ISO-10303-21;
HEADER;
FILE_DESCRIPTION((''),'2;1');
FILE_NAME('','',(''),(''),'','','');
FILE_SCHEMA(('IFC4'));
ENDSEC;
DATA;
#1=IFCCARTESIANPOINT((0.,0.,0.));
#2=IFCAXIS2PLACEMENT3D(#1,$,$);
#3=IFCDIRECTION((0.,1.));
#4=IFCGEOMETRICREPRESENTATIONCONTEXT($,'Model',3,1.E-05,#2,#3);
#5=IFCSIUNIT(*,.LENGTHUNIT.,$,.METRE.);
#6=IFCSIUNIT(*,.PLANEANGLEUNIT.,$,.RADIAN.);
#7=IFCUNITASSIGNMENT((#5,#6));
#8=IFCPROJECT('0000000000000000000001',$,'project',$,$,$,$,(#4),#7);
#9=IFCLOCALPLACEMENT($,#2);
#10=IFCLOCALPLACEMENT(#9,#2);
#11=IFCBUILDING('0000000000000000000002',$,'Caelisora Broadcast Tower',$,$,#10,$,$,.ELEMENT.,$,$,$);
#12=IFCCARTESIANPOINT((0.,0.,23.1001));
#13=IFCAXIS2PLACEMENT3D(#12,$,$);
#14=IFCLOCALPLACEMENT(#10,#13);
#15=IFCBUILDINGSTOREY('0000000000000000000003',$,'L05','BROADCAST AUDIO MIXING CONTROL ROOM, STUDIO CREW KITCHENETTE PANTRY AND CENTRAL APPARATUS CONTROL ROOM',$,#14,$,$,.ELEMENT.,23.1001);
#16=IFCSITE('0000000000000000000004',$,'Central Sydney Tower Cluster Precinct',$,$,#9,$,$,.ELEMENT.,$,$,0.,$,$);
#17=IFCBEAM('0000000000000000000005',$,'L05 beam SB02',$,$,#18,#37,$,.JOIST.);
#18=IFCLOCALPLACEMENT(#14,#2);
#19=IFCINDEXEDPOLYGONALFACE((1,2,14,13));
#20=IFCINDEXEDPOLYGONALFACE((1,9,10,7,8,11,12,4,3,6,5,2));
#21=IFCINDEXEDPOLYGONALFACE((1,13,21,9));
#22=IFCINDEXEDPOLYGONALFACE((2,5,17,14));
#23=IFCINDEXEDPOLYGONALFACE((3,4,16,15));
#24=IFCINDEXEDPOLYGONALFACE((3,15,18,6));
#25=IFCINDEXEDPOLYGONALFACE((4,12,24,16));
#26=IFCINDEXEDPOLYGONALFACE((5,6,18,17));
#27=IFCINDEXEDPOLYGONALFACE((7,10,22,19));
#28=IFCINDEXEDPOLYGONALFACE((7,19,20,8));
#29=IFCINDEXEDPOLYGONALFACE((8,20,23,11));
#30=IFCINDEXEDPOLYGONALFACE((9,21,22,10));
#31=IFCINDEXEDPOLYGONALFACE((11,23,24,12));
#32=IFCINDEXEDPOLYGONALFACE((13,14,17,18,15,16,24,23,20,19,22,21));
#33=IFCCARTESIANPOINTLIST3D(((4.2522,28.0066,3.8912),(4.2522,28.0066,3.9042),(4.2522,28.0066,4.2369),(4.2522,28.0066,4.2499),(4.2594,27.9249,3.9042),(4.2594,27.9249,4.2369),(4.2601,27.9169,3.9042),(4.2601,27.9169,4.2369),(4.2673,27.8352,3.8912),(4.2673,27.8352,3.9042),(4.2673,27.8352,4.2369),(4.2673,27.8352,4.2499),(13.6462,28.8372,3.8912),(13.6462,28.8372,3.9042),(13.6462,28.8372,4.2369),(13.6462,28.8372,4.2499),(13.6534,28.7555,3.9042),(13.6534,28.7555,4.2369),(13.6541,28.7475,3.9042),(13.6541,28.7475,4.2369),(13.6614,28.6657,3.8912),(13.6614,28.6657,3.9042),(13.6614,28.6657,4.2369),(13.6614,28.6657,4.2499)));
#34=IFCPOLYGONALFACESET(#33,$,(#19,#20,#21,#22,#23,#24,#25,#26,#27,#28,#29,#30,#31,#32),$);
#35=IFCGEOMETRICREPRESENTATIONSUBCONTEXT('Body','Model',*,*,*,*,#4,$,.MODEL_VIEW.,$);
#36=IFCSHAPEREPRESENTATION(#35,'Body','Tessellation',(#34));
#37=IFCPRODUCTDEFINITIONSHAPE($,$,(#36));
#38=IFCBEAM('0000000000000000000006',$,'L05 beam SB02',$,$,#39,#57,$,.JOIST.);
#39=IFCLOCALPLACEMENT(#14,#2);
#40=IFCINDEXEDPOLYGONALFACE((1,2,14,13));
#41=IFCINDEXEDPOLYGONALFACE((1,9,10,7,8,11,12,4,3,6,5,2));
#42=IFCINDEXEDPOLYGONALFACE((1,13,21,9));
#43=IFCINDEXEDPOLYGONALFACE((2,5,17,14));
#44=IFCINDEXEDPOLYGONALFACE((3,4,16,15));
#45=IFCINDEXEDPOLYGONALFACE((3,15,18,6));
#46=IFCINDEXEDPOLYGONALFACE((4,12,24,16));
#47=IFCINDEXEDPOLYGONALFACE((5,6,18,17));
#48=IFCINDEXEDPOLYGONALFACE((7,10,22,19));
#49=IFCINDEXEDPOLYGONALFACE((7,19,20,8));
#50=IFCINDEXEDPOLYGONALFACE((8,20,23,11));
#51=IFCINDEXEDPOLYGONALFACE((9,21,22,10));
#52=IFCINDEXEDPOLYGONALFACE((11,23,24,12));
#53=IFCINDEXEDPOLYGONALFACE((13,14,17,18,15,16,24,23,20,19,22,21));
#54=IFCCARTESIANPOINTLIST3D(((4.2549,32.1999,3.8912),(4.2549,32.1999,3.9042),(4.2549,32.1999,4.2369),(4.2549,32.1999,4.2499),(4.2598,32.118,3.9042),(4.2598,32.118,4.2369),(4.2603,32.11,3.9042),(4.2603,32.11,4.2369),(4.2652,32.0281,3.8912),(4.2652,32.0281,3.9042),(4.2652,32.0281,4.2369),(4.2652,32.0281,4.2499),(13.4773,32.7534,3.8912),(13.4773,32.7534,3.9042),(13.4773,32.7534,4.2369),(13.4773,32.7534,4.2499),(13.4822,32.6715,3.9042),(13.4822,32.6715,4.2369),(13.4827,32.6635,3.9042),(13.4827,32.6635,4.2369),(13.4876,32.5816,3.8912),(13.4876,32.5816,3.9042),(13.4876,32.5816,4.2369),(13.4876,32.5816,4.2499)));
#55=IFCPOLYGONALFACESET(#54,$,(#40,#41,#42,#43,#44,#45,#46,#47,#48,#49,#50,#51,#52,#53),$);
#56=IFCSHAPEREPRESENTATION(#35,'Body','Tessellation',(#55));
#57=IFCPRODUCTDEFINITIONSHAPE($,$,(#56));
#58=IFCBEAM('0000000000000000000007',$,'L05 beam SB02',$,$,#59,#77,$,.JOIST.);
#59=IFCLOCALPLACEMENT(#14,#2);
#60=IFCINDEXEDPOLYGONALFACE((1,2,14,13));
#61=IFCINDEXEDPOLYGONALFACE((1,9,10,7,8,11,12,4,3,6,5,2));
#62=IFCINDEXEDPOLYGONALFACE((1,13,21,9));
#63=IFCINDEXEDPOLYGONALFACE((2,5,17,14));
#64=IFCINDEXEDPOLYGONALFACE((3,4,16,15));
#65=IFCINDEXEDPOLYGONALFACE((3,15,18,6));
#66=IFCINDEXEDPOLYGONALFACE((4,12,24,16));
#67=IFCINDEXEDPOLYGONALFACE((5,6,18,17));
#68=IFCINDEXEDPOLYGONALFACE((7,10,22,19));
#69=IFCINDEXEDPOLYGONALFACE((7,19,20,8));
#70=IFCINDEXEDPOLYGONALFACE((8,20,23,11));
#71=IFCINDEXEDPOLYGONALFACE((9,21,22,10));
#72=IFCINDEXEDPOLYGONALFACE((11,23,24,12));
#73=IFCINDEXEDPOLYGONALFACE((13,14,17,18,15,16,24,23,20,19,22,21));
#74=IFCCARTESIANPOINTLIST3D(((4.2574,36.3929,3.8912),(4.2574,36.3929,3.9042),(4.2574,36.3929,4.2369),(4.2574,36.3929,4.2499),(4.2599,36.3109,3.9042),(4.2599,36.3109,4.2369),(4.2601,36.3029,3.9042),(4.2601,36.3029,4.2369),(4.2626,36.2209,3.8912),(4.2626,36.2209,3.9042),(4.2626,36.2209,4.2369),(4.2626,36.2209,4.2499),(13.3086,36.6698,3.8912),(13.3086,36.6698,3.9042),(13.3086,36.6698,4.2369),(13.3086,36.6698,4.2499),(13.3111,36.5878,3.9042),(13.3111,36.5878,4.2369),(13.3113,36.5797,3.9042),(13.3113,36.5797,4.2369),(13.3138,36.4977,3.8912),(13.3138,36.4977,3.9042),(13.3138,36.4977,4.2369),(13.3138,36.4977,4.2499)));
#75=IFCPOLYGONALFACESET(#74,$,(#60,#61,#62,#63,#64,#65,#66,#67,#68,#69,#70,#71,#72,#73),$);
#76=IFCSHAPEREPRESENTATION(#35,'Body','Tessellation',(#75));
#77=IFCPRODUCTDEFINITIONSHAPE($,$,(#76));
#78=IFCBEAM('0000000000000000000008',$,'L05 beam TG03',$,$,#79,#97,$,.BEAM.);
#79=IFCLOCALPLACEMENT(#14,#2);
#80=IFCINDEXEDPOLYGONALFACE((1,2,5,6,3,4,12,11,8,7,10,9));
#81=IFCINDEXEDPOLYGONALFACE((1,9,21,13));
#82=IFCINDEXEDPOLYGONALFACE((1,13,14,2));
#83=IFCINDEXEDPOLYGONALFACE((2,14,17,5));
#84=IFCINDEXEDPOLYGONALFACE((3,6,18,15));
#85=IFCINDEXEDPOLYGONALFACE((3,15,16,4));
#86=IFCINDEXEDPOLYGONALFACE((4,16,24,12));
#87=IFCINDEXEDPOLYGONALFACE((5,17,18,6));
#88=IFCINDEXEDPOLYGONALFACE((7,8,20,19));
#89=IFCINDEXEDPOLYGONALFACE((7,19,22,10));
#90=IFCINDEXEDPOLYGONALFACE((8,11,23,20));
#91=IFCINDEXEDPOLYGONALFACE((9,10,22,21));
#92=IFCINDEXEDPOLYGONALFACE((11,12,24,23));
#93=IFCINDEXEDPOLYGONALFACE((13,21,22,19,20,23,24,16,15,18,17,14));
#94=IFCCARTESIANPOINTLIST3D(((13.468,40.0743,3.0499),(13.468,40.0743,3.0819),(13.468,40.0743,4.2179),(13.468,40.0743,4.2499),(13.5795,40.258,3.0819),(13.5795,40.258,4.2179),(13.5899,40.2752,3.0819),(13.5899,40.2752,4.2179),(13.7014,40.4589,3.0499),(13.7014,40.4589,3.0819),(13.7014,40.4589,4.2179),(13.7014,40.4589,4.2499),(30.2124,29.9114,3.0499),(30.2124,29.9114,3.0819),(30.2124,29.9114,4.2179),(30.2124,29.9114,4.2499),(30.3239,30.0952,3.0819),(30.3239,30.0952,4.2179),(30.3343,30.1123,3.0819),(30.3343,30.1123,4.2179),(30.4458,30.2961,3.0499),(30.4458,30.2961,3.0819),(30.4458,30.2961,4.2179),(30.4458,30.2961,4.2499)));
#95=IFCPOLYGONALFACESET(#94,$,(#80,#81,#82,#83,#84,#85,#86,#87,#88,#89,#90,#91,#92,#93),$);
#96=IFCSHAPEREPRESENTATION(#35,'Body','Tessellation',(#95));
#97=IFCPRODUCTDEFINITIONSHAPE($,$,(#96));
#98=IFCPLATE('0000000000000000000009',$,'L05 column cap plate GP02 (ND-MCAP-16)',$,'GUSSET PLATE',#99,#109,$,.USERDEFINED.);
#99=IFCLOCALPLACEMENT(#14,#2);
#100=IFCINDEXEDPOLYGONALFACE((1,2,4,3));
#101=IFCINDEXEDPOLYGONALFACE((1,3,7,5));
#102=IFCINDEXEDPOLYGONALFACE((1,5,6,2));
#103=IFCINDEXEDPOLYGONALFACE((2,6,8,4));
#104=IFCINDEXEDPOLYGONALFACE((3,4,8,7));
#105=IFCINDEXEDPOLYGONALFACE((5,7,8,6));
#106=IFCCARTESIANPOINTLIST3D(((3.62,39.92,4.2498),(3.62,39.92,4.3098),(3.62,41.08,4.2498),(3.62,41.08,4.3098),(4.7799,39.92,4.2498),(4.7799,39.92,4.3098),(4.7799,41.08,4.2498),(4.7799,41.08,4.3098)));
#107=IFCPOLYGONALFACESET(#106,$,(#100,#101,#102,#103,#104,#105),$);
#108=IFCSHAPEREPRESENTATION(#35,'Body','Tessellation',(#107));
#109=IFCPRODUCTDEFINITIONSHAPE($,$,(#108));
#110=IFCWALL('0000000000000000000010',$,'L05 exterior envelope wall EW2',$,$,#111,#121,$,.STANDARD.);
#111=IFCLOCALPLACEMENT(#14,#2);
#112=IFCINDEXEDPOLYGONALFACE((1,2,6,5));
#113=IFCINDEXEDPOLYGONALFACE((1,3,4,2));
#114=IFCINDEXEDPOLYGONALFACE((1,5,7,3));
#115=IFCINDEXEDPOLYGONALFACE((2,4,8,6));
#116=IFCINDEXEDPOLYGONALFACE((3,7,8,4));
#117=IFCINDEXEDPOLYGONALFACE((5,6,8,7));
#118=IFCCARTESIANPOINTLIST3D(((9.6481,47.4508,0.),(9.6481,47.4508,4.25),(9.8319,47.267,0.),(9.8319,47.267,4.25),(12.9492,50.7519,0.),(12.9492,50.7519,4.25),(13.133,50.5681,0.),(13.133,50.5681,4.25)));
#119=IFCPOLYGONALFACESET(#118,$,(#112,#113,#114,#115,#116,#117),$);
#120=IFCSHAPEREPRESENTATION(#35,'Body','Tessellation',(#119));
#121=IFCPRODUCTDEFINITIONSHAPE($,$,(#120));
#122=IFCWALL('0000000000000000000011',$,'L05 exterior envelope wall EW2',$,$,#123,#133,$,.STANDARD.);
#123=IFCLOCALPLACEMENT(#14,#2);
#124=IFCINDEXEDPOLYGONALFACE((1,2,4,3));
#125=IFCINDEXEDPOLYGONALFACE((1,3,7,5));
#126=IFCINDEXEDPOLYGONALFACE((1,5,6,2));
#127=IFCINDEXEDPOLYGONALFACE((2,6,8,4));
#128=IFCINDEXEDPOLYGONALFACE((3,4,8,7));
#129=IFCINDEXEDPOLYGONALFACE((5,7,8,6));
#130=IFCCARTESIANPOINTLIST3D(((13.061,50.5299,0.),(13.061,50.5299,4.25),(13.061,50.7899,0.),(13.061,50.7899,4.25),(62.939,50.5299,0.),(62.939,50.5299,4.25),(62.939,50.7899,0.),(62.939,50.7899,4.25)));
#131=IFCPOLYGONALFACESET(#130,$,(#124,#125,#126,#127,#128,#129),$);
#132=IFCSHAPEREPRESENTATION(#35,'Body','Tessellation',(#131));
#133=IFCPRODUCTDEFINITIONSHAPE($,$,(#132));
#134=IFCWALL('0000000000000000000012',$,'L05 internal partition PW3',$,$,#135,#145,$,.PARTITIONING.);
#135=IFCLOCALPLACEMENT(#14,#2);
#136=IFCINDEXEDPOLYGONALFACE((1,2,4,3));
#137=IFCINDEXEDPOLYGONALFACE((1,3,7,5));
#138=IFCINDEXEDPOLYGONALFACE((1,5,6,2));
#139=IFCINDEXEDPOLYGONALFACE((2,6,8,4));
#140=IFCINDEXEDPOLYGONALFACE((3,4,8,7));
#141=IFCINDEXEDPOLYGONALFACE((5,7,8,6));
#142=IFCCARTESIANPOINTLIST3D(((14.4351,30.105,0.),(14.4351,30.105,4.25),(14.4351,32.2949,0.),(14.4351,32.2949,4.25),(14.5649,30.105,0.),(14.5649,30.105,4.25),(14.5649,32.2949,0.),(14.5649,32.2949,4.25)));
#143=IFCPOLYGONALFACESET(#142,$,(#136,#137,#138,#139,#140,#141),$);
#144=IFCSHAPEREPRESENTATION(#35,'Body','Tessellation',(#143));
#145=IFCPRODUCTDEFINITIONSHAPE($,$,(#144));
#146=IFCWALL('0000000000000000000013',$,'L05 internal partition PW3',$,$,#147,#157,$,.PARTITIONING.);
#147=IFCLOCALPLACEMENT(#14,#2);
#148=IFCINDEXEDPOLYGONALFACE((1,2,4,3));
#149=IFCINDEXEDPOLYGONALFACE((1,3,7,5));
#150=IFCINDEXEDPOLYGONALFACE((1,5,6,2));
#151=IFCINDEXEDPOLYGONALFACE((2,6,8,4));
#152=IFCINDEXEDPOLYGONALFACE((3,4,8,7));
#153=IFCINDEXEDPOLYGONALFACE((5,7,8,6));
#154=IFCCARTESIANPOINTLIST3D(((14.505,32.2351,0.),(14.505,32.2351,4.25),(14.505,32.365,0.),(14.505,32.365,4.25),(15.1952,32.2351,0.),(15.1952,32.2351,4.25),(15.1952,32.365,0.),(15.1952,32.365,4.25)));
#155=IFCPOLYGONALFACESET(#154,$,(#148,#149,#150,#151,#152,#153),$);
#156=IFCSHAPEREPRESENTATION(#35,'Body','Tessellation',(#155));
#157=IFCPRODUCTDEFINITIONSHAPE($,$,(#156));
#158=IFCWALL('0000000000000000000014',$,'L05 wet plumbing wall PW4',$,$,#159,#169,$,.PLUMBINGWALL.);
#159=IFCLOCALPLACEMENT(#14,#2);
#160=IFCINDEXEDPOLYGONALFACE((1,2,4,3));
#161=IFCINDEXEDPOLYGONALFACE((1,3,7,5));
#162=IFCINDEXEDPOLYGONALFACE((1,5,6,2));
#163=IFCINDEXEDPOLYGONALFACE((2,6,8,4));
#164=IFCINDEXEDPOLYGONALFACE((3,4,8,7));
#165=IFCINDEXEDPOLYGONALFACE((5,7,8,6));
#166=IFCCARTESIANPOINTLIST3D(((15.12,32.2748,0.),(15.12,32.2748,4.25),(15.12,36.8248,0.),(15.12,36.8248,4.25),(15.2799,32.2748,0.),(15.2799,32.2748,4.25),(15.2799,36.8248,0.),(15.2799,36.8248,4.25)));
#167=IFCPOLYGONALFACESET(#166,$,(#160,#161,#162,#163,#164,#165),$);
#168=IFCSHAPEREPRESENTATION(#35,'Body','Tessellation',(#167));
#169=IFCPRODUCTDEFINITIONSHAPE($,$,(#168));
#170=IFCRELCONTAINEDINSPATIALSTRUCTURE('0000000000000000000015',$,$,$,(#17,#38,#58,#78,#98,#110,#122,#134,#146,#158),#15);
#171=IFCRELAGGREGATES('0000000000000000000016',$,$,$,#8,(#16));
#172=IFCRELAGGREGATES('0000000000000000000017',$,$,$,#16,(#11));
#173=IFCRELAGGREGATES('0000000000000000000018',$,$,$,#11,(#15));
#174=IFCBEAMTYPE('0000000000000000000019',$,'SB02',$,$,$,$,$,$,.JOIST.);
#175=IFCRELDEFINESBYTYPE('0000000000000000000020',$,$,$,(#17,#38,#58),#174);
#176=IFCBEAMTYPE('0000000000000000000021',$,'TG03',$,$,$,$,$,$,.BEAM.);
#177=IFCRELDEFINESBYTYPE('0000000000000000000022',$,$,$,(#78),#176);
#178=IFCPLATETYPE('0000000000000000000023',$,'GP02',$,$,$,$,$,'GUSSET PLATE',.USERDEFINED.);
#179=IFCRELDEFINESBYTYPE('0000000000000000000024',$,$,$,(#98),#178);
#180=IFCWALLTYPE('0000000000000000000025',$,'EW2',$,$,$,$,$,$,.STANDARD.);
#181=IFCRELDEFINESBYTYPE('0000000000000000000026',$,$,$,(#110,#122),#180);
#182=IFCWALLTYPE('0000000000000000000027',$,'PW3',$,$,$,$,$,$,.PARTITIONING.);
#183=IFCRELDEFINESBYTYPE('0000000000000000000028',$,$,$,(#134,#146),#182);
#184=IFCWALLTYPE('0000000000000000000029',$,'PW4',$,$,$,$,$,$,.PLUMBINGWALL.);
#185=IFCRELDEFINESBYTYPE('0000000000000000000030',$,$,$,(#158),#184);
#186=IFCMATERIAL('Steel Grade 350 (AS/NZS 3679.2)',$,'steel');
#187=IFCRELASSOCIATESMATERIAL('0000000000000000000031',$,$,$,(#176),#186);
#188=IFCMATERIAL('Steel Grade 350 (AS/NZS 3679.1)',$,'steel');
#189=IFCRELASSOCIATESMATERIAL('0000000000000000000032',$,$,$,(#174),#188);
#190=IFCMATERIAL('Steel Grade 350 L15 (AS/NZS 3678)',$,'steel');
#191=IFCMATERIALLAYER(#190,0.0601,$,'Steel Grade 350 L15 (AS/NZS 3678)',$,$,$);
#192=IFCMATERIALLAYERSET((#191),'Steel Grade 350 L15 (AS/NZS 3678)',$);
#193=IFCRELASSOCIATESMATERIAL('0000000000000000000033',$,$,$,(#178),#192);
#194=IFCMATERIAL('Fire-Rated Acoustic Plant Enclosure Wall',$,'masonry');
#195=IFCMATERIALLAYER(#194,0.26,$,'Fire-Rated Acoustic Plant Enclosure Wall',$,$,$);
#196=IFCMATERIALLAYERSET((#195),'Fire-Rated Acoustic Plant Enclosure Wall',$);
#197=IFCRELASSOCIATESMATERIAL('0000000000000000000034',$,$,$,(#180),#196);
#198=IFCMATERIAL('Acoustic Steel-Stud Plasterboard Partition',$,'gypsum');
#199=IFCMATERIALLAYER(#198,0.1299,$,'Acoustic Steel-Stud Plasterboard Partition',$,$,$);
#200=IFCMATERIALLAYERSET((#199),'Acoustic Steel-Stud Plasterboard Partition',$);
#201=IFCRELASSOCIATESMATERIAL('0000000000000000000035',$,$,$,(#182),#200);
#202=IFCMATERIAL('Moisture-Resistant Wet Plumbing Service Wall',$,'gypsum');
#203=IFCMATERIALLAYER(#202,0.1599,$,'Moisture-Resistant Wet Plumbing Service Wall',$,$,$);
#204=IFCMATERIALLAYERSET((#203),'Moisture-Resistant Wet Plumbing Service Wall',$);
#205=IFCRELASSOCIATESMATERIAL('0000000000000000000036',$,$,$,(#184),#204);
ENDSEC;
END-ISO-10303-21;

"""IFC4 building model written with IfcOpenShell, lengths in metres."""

from ifc_helpers import new_model, si_unit, direction, frame, frame_2d, origin, origin_2d, place, context, subcontext, project, spatial, rectangle, i_section, extrude, source, transform, mapped, material, layer, layer_set, material_profile, profile_set, type_object, type_shapes, element, save


model = new_model("IFC4")

# Units and contexts
model_context = context("Model", 3, precision=1e-05, world=origin(), true_north=direction((0.0, 1.0)))
body_context = subcontext(model_context, "Body", "Model", "MODEL_VIEW")
ifc_project = project(units=[si_unit("LENGTHUNIT", "METRE"), si_unit("PLANEANGLEUNIT", "RADIAN")], contexts=[model_context])

# Site, building, storey
site_placement = place(None, origin())
site = spatial("IfcSite", under=ifc_project, at=site_placement, Name="Central Sydney Tower Cluster Precinct", CompositionType="ELEMENT", RefElevation=0.0)
building_placement = place(site_placement, origin())
building = spatial("IfcBuilding", under=site, at=building_placement, Name="Caelisora Broadcast Tower", CompositionType="ELEMENT")
storey_placement = place(building_placement, frame((0.0, 0.0, 23.1001)))
storey = spatial("IfcBuildingStorey", under=building, at=storey_placement, Name="L05", Description="BROADCAST AUDIO MIXING CONTROL ROOM, STUDIO CREW KITCHENETTE PANTRY AND CENTRAL APPARATUS CONTROL ROOM", CompositionType="ELEMENT", Elevation=23.1001)

# Shared definitions
ifc_material_1 = material(Name="Steel Grade 350 L15 (AS/NZS 3678)", Category="steel")

# Beams
ifc_material_2 = material(Name="Steel Grade 350 (AS/NZS 3679.2)", Category="steel")
ifc_material_profile_1 = material_profile(ifc_material_2, i_section(OverallWidth=0.45, OverallDepth=1.2, WebThickness=0.02, FlangeThickness=0.032, at=origin_2d()), Name="Steel Grade 350 (AS/NZS 3679.2)")
ifc_profile_set_1 = profile_set([ifc_material_profile_1], Name="Steel Grade 350 (AS/NZS 3679.2)")
beam_type_1 = type_object("IfcBeamType", Name="TG03", PredefinedType="BEAM", material=ifc_profile_set_1)
ifc_material_3 = material(Name="Steel Grade 350 (AS/NZS 3679.1)", Category="steel")
ifc_material_profile_2 = material_profile(ifc_material_3, i_section(OverallWidth=0.1721, OverallDepth=0.3586, WebThickness=0.0081, FlangeThickness=0.0129, at=origin_2d()), Name="Steel Grade 350 (AS/NZS 3679.1)")
ifc_profile_set_2 = profile_set([ifc_material_profile_2], Name="Steel Grade 350 (AS/NZS 3679.1)")
beam_type_2 = type_object("IfcBeamType", Name="SB02", PredefinedType="JOIST", material=ifc_profile_set_2)
shared_shape_1 = source(origin(), body_context, "Body", "SweptSolid", [
    extrude(i_section(OverallWidth=0.1721, OverallDepth=0.3586, WebThickness=0.0081, FlangeThickness=0.0129, at=origin_2d()), origin(), (0.0, 0.0, 1.0), 9.4307),
])
beam_1_placement = place(storey_placement, frame((4.2598, 27.9209, 4.0706), z_axis=(0.996114, 0.088071, 0.0), x_axis=(-0.088071, 0.996114, 0.0)))
element("IfcBeam", 1, at=beam_1_placement, inside=storey, type_object=beam_type_2, Name="L05 beam SB02", PredefinedType="JOIST", context=body_context, shape_type="MappedRepresentation", body=[
    mapped(shared_shape_1, transform((0.0, 0.0, 0.0), scale=1.0)),
])
shared_shape_2 = source(origin(), body_context, "Body", "SweptSolid", [
    extrude(i_section(OverallWidth=0.1721, OverallDepth=0.3586, WebThickness=0.0081, FlangeThickness=0.0129, at=origin_2d()), origin(), (0.0, 0.0, 1.0), 9.239),
])
beam_2_placement = place(storey_placement, frame((4.26, 32.114, 4.0706), z_axis=(0.998204, 0.059905, 0.0), x_axis=(-0.059905, 0.998204, 0.0)))
element("IfcBeam", 2, at=beam_2_placement, inside=storey, type_object=beam_type_2, Name="L05 beam SB02", PredefinedType="JOIST", context=body_context, shape_type="MappedRepresentation", body=[
    mapped(shared_shape_2, transform((0.0, 0.0, 0.0), scale=1.0)),
])
shared_shape_3 = source(origin(), body_context, "Body", "SweptSolid", [
    extrude(i_section(OverallWidth=0.1721, OverallDepth=0.3586, WebThickness=0.0081, FlangeThickness=0.0129, at=origin_2d()), origin(), (0.0, 0.0, 1.0), 9.0554),
])
beam_3_placement = place(storey_placement, frame((4.26, 36.3069, 4.0706), z_axis=(0.999533, 0.030573, 0.0), x_axis=(-0.030573, 0.999533, 0.0)))
element("IfcBeam", 3, at=beam_3_placement, inside=storey, type_object=beam_type_2, Name="L05 beam SB02", PredefinedType="JOIST", context=body_context, shape_type="MappedRepresentation", body=[
    mapped(shared_shape_3, transform((0.0, 0.0, 0.0), scale=1.0)),
])
shared_shape_4 = source(origin(), body_context, "Body", "SweptSolid", [
    extrude(i_section(OverallWidth=0.45, OverallDepth=1.2, WebThickness=0.02, FlangeThickness=0.032, at=origin_2d()), origin(), (0.0, 0.0, 1.0), 19.5872),
])
beam_4_placement = place(storey_placement, frame((13.5847, 40.2666, 3.6499), z_axis=(0.854864, -0.518852, 0.0), x_axis=(0.518852, 0.854864, 0.0)))
element("IfcBeam", 4, at=beam_4_placement, inside=storey, type_object=beam_type_1, Name="L05 beam TG03", PredefinedType="BEAM", context=body_context, shape_type="MappedRepresentation", body=[
    mapped(shared_shape_4, transform((0.0, 0.0, 0.0), scale=1.0)),
])

# Plate
ifc_layer_1 = layer(ifc_material_1, 0.0601, Name="Steel Grade 350 L15 (AS/NZS 3678)")
ifc_layer_set_1 = layer_set([ifc_layer_1], Name="Steel Grade 350 L15 (AS/NZS 3678)")
plate_type = type_object("IfcPlateType", Name="GP02", ElementType="GUSSET PLATE", PredefinedType="USERDEFINED", material=ifc_layer_set_1)
shared_shape_5 = source(origin(), body_context, "Body", "SweptSolid", [
    extrude(rectangle(XDim=1.1599, YDim=1.1599, at=origin_2d()), origin(), (0.0, 0.0, 1.0), 0.0601),
])
type_shapes(plate_type, [shared_shape_5])
plate_placement = place(storey_placement, frame((4.2, 40.5, 4.2498), z_axis=(0.0, 0.0, 1.0), x_axis=(1.0, 0.0, 0.0)))
element("IfcPlate", 5, at=plate_placement, inside=storey, type_object=plate_type, Name="L05 column cap plate GP02 (ND-MCAP-16)", ObjectType="GUSSET PLATE", PredefinedType="USERDEFINED", context=body_context, shape_type="MappedRepresentation", body=[
    mapped(shared_shape_5, transform((0.0, 0.0, 0.0), scale=1.0)),
])

# Walls
ifc_material_4 = material(Name="Fire-Rated Acoustic Plant Enclosure Wall", Category="masonry")
ifc_layer_2 = layer(ifc_material_4, 0.26, Name="Fire-Rated Acoustic Plant Enclosure Wall")
ifc_layer_set_2 = layer_set([ifc_layer_2], Name="Fire-Rated Acoustic Plant Enclosure Wall")
wall_type_1 = type_object("IfcWallType", Name="EW2", PredefinedType="STANDARD", material=ifc_layer_set_2)
wall_1_placement = place(storey_placement, frame((9.74, 47.3589, 0.0), z_axis=(0.0, 0.0, 1.0), x_axis=(0.707107, 0.707107, 0.0)))
element("IfcWall", 6, at=wall_1_placement, inside=storey, type_object=wall_type_1, Name="L05 exterior envelope wall EW2", PredefinedType="STANDARD", context=body_context, shape_type="SweptSolid", body=[
    extrude(rectangle(XDim=4.6685, YDim=0.26, at=frame_2d((2.3342, 0.0))), origin(), (0.0, 0.0, 1.0), 4.25),
])
wall_2_placement = place(storey_placement, frame((13.061, 50.6599, 0.0), z_axis=(0.0, 0.0, 1.0), x_axis=(1.0, 0.0, 0.0)))
element("IfcWall", 7, at=wall_2_placement, inside=storey, type_object=wall_type_1, Name="L05 exterior envelope wall EW2", PredefinedType="STANDARD", context=body_context, shape_type="SweptSolid", body=[
    extrude(rectangle(XDim=49.8779, YDim=0.26, at=frame_2d((24.939, 0.0))), origin(), (0.0, 0.0, 1.0), 4.25),
])
ifc_material_5 = material(Name="Acoustic Steel-Stud Plasterboard Partition", Category="gypsum")
ifc_layer_3 = layer(ifc_material_5, 0.1299, Name="Acoustic Steel-Stud Plasterboard Partition")
ifc_layer_set_3 = layer_set([ifc_layer_3], Name="Acoustic Steel-Stud Plasterboard Partition")
wall_type_2 = type_object("IfcWallType", Name="PW3", PredefinedType="PARTITIONING", material=ifc_layer_set_3)
wall_3_placement = place(storey_placement, frame((14.5, 30.105, 0.0), z_axis=(0.0, 0.0, 1.0), x_axis=(0.0, 1.0, 0.0)))
element("IfcWall", 8, at=wall_3_placement, inside=storey, type_object=wall_type_2, Name="L05 internal partition PW3", PredefinedType="PARTITIONING", context=body_context, shape_type="SweptSolid", body=[
    extrude(rectangle(XDim=2.1899, YDim=0.1299, at=frame_2d((1.095, 0.0))), origin(), (0.0, 0.0, 1.0), 4.25),
])
wall_4_placement = place(storey_placement, frame((14.5049, 32.3, 0.0), z_axis=(0.0, 0.0, 1.0), x_axis=(1.0, 0.0, 0.0)))
element("IfcWall", 9, at=wall_4_placement, inside=storey, type_object=wall_type_2, Name="L05 internal partition PW3", PredefinedType="PARTITIONING", context=body_context, shape_type="SweptSolid", body=[
    extrude(rectangle(XDim=0.6902, YDim=0.1299, at=frame_2d((0.3452, 0.0))), origin(), (0.0, 0.0, 1.0), 4.25),
])
ifc_material_6 = material(Name="Moisture-Resistant Wet Plumbing Service Wall", Category="gypsum")
ifc_layer_4 = layer(ifc_material_6, 0.1599, Name="Moisture-Resistant Wet Plumbing Service Wall")
ifc_layer_set_4 = layer_set([ifc_layer_4], Name="Moisture-Resistant Wet Plumbing Service Wall")
wall_type_3 = type_object("IfcWallType", Name="PW4", PredefinedType="PLUMBINGWALL", material=ifc_layer_set_4)
for number, where, z_axis, x_axis, name in (
    (10, (15.2, 32.2749, 0.0), (0.0, 0.0, 1.0), (0.0, 1.0, 0.0), "L05 wet plumbing wall PW4"),
):
    element("IfcWall", number, at=place(storey_placement, frame(where, z_axis=z_axis, x_axis=x_axis)), inside=storey, type_object=wall_type_3, Name=name, PredefinedType="PLUMBINGWALL", context=body_context, shape_type="SweptSolid", body=[
        extrude(rectangle(XDim=4.55, YDim=0.1599, at=frame_2d((2.2749, 0.0))), origin(), (0.0, 0.0, 1.0), 4.25),
    ])

save(model, "model.ifc")
